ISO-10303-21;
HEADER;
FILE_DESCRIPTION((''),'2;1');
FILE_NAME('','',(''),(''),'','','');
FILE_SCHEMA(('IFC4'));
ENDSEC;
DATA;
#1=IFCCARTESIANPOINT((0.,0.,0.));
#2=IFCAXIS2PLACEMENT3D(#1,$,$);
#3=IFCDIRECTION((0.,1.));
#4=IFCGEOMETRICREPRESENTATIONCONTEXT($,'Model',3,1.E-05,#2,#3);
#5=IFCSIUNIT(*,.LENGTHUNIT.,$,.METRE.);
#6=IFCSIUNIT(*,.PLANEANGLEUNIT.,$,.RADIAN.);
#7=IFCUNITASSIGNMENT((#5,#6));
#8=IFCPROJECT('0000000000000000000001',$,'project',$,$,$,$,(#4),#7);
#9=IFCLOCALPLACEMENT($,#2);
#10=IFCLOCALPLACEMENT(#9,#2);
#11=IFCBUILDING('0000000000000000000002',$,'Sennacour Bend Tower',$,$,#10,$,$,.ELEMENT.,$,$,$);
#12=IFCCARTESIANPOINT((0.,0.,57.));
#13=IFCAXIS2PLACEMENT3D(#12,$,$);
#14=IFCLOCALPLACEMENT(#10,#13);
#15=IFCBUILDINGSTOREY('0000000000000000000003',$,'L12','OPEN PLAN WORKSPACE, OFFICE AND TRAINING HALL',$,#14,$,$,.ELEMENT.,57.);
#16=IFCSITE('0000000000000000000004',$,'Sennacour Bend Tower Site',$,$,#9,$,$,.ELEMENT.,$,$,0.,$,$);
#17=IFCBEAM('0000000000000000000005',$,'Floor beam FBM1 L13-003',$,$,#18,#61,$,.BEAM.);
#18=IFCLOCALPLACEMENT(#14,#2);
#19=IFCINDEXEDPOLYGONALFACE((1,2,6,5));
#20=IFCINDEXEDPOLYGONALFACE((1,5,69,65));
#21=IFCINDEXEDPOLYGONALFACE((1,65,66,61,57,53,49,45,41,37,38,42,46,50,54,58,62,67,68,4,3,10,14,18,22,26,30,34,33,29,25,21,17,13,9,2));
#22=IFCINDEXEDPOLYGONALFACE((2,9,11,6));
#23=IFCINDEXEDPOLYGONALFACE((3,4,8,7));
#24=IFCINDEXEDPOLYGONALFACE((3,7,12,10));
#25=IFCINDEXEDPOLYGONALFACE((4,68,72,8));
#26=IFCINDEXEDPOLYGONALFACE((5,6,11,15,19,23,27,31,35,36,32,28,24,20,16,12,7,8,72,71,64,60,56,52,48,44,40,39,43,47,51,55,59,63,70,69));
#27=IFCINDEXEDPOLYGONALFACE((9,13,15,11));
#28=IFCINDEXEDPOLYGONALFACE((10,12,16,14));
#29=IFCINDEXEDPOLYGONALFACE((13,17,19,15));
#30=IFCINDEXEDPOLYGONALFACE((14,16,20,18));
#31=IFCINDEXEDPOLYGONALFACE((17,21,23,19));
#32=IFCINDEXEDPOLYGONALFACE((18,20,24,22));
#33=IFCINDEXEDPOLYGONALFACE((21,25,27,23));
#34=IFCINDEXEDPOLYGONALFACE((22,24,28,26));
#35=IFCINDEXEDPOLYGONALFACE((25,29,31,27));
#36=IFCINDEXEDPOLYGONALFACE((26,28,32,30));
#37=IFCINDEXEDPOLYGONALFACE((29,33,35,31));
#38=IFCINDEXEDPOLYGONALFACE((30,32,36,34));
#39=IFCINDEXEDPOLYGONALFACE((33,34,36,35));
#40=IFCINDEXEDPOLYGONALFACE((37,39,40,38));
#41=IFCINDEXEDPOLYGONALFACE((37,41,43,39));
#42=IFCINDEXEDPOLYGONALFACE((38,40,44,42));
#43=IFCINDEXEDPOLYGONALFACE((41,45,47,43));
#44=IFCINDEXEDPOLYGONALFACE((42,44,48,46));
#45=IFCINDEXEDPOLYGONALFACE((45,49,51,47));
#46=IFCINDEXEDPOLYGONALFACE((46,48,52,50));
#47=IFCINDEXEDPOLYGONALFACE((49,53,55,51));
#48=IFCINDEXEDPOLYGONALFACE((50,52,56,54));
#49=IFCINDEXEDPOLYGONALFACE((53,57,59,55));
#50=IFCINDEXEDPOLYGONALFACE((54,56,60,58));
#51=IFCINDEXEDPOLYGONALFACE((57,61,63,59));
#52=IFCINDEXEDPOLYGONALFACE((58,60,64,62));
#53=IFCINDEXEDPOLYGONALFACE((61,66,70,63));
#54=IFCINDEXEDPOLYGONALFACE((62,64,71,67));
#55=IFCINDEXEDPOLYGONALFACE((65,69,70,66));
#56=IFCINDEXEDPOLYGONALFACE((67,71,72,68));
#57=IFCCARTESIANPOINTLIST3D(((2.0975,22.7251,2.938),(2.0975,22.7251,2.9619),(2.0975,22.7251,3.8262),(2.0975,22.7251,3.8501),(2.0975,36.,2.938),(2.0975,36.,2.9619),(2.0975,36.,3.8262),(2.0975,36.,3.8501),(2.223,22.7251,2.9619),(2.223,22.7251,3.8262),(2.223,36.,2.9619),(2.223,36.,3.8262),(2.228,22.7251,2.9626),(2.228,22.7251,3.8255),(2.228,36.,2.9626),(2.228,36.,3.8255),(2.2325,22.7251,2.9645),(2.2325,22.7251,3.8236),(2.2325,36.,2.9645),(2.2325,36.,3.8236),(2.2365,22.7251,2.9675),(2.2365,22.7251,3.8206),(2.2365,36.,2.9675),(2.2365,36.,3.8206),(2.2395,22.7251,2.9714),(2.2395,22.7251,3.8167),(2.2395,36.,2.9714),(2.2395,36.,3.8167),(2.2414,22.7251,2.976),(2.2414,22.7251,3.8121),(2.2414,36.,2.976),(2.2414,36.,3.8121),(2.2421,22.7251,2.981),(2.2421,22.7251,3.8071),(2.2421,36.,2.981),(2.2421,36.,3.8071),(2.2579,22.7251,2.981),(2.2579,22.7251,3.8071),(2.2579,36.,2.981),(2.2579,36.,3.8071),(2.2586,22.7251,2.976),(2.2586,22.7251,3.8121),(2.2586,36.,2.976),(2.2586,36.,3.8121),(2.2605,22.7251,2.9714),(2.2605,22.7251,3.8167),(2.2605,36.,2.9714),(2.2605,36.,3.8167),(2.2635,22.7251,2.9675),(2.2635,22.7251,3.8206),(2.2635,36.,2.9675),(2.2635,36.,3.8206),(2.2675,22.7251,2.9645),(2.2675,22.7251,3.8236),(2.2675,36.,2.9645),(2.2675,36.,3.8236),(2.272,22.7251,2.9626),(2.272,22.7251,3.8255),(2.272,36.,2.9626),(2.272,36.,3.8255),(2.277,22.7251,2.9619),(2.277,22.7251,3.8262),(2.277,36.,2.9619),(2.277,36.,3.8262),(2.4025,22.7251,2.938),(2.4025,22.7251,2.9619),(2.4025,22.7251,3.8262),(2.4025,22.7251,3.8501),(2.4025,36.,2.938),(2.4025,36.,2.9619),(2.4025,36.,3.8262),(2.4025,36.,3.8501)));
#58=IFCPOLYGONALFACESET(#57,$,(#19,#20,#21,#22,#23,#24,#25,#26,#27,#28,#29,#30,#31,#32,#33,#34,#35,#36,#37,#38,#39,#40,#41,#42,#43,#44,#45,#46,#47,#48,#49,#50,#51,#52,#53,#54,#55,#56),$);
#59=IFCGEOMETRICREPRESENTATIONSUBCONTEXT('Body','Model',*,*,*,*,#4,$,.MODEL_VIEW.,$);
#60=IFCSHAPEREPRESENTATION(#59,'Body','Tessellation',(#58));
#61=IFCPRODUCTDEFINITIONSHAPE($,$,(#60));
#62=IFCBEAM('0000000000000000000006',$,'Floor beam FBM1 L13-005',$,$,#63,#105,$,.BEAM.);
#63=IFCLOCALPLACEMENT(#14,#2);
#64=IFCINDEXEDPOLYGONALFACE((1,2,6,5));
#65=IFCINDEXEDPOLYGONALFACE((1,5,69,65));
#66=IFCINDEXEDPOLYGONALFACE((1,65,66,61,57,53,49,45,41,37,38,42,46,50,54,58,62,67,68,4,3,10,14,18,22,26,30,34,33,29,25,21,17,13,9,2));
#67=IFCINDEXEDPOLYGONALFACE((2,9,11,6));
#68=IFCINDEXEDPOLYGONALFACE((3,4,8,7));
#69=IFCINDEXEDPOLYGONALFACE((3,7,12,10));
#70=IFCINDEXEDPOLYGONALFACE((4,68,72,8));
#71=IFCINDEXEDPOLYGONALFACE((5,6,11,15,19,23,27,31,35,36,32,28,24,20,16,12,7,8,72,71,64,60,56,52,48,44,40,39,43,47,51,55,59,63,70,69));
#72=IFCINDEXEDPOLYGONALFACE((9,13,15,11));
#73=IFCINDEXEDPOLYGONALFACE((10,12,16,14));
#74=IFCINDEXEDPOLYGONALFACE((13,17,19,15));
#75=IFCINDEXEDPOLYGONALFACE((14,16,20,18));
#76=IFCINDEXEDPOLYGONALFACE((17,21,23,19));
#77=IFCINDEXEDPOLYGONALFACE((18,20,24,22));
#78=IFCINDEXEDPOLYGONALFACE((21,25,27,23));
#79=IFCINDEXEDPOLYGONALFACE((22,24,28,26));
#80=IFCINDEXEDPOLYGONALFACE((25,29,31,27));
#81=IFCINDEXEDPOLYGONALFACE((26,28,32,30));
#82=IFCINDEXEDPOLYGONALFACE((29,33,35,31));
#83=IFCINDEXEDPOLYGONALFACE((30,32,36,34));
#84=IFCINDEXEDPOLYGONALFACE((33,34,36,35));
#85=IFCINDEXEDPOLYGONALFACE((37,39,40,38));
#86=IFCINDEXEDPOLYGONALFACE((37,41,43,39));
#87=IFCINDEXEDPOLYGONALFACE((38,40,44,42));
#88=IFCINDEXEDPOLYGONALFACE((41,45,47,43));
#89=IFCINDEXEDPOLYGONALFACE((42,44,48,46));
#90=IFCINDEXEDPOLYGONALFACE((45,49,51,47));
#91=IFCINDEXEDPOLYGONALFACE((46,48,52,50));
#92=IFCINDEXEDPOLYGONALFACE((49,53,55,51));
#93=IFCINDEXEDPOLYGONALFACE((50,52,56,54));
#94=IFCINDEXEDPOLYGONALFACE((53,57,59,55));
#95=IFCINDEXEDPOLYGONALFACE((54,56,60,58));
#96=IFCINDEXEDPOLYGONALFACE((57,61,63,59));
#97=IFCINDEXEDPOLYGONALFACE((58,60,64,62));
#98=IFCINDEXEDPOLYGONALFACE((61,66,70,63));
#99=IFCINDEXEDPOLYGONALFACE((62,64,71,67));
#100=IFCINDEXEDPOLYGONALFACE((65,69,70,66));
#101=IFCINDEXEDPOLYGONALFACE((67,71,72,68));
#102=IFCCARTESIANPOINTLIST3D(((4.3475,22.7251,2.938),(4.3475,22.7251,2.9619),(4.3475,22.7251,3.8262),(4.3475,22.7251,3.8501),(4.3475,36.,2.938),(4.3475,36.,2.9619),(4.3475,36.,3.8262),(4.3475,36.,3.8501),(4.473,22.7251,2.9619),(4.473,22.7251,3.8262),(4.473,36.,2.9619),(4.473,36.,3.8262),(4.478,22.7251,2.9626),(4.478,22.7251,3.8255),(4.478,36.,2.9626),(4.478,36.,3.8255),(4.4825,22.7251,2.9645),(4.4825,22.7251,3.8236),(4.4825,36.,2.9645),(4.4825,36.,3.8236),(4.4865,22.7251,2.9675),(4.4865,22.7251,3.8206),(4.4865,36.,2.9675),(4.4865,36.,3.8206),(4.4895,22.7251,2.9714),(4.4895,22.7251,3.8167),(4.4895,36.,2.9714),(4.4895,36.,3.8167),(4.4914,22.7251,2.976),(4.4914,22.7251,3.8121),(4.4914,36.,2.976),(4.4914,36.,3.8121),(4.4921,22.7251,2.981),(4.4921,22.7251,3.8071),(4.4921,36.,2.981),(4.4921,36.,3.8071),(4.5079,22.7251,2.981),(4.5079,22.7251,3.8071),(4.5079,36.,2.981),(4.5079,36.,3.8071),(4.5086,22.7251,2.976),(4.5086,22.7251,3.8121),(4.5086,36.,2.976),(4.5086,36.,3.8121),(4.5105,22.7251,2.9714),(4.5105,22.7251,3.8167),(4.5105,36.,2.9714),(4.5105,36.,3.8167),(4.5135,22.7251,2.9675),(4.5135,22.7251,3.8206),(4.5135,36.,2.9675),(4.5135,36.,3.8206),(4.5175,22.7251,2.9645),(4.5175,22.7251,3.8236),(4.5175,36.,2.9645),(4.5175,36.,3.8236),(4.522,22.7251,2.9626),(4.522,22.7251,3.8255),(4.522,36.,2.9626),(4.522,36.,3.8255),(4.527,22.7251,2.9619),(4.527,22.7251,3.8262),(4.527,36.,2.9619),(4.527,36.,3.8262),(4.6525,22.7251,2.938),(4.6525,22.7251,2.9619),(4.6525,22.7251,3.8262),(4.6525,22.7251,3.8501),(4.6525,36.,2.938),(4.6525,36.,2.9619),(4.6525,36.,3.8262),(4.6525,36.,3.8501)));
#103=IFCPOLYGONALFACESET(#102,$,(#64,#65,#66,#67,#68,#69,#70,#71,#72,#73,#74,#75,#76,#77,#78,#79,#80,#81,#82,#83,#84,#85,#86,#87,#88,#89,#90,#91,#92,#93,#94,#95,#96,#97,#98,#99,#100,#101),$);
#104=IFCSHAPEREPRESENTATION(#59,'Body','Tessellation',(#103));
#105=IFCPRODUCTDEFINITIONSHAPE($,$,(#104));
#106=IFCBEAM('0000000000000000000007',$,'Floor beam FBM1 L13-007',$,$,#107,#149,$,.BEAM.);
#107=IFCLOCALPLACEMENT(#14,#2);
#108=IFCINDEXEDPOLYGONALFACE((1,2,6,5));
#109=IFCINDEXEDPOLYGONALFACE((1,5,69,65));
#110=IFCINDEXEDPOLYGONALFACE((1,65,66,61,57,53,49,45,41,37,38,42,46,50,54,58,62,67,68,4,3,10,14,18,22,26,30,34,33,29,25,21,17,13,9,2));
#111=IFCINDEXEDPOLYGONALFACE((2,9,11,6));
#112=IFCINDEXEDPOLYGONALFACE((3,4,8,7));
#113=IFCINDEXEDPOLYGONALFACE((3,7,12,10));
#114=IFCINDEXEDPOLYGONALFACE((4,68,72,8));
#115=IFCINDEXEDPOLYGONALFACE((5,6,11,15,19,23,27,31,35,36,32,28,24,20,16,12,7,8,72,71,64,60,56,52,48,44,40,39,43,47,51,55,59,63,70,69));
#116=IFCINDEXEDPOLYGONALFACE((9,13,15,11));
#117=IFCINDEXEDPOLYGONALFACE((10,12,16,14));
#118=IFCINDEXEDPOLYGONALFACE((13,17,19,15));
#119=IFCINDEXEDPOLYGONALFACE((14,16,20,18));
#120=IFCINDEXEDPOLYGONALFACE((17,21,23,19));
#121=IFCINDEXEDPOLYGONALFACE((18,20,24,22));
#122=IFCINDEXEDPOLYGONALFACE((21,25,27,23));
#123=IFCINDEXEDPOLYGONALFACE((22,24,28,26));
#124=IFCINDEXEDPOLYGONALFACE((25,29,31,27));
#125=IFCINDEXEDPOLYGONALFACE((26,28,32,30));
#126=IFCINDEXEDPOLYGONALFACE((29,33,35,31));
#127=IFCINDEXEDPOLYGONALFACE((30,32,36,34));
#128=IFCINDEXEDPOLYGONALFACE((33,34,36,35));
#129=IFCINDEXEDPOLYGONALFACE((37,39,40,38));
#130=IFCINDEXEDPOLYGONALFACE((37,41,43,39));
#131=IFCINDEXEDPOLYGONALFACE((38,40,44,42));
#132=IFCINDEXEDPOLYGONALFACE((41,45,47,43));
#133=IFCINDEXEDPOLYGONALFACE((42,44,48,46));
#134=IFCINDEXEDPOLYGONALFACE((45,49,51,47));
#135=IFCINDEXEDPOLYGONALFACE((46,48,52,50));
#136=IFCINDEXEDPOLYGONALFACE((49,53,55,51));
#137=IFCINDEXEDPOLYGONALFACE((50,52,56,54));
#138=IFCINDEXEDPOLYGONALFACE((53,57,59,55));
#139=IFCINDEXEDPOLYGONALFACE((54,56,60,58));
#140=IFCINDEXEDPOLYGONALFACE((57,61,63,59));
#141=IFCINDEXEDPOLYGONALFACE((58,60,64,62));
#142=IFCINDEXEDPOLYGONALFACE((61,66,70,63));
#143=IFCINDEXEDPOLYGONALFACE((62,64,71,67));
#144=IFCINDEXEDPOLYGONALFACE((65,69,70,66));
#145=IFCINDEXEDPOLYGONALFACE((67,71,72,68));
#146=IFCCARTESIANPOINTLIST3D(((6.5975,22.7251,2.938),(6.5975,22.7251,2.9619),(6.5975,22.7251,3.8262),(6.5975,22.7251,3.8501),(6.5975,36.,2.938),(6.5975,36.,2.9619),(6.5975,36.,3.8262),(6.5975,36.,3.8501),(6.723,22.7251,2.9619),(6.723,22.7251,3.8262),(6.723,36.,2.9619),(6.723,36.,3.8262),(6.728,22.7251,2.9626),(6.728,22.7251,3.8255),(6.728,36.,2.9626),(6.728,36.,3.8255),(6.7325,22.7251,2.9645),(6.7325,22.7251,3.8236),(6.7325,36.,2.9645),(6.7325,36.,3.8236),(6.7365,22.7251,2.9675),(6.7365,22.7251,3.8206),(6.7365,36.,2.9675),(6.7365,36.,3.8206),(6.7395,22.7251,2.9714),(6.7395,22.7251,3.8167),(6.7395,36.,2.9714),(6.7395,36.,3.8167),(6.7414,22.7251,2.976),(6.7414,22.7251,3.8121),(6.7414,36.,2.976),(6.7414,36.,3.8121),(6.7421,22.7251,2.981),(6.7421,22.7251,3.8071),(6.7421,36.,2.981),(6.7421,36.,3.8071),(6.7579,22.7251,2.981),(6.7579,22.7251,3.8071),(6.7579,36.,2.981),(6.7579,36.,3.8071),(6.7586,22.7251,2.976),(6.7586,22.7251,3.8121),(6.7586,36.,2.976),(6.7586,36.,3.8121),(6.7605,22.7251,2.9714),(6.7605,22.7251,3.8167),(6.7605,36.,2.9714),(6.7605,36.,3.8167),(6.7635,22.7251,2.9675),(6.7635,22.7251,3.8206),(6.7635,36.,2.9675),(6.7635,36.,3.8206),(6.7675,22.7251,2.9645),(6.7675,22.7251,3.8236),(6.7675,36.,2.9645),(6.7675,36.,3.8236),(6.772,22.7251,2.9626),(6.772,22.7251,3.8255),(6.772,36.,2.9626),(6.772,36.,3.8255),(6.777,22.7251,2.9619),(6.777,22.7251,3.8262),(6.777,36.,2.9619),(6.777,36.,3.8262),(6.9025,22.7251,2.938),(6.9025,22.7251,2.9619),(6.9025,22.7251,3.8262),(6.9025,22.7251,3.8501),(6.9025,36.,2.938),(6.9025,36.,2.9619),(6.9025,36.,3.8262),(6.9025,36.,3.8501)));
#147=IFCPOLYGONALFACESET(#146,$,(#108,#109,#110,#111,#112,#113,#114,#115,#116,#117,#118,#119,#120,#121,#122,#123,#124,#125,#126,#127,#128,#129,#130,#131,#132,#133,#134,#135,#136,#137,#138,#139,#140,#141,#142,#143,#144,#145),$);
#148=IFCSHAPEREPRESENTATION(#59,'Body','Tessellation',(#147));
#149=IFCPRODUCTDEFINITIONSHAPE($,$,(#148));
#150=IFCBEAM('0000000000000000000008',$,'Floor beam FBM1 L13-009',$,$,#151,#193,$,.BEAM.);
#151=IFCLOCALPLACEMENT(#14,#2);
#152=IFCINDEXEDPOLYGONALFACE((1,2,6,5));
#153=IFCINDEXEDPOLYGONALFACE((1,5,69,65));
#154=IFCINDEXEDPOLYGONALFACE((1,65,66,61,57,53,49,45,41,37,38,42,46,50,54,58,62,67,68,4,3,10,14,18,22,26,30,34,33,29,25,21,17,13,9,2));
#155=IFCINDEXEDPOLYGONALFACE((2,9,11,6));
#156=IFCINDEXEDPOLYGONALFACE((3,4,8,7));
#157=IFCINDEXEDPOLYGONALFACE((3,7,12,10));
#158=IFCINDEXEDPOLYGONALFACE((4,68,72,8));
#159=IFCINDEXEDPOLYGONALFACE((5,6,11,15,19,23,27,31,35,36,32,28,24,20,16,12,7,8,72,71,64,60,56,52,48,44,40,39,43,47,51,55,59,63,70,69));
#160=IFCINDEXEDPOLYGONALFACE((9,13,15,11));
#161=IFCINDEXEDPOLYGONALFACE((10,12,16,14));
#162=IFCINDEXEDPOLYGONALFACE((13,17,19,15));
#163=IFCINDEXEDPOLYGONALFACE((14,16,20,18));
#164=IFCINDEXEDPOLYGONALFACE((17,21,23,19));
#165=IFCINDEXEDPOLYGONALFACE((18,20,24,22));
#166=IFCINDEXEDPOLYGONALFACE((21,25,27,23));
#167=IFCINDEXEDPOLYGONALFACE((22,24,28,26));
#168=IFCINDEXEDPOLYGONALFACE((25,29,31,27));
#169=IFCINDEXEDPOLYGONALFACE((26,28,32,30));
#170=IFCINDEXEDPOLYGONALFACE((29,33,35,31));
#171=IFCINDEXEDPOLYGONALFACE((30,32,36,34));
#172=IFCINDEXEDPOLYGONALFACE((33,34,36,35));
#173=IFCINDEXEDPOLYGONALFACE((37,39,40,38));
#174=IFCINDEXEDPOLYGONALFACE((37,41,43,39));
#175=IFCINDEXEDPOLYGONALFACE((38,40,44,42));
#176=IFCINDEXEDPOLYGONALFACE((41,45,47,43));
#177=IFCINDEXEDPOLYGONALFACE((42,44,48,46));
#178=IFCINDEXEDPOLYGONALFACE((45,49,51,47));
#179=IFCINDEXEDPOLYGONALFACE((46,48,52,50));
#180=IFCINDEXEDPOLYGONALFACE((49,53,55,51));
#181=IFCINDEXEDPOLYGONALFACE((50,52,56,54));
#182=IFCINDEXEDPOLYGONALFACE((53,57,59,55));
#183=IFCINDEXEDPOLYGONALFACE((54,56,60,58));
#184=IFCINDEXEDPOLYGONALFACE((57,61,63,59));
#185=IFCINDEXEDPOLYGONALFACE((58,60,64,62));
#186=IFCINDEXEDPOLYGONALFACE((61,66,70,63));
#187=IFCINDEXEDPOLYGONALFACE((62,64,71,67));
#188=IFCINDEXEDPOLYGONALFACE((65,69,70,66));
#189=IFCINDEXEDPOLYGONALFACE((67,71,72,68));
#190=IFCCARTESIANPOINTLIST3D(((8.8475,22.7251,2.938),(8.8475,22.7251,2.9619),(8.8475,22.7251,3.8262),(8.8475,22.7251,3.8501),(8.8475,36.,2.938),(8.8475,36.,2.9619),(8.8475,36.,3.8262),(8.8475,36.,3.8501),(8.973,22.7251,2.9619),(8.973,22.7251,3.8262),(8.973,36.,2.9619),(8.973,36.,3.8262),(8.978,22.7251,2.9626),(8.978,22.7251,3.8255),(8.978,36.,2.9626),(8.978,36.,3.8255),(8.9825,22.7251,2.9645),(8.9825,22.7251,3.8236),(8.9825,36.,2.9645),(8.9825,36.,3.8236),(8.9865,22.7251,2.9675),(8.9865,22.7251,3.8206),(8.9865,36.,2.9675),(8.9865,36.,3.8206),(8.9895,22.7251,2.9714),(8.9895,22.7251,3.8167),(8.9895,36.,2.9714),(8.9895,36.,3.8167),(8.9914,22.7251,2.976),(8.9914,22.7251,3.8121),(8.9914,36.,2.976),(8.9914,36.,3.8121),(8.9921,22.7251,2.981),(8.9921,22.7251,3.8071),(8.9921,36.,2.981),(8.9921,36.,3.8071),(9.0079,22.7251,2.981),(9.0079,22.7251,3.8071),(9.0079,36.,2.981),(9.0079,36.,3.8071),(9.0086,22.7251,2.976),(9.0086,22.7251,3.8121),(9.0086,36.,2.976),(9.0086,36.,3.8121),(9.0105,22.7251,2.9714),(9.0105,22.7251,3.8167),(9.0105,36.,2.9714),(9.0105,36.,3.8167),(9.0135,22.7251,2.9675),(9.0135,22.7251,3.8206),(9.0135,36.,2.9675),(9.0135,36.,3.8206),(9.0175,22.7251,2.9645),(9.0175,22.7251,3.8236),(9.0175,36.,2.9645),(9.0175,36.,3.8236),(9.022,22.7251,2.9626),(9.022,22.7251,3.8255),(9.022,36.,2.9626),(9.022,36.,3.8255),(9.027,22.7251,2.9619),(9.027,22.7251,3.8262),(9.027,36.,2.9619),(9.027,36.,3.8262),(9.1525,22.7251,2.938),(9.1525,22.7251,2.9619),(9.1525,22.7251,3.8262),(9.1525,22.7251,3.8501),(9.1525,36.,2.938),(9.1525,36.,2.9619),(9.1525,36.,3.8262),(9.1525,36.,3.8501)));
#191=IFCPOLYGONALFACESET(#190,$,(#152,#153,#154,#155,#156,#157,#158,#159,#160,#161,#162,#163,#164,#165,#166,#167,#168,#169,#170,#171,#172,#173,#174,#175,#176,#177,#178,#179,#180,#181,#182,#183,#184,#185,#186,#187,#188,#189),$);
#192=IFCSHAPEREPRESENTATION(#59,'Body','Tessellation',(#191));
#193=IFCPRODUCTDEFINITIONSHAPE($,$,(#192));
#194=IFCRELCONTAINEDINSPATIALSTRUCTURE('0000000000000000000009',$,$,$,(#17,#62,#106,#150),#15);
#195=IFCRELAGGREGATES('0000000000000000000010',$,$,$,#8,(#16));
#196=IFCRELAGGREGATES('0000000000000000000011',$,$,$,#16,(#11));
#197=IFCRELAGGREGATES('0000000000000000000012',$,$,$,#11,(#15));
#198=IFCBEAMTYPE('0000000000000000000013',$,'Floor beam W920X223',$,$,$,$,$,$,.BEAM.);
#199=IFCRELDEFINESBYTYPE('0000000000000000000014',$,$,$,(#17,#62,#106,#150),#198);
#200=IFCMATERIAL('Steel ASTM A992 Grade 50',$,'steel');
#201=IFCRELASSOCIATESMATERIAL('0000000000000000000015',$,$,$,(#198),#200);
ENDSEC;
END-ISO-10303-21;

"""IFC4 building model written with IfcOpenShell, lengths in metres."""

from ifc_helpers import new_model, si_unit, direction, frame, origin, origin_2d, place, context, subcontext, project, spatial, i_section, extrude, material, material_profile, profile_set, type_object, element, save


model = new_model("IFC4")

# Units and contexts
model_context = context("Model", 3, precision=1e-05, world=origin(), true_north=direction((0.0, 1.0)))
body_context = subcontext(model_context, "Body", "Model", "MODEL_VIEW")
ifc_project = project(units=[si_unit("LENGTHUNIT", "METRE"), si_unit("PLANEANGLEUNIT", "RADIAN")], contexts=[model_context])

# Site, building, storey
site_placement = place(None, origin())
site = spatial("IfcSite", under=ifc_project, at=site_placement, Name="Sennacour Bend Tower Site", CompositionType="ELEMENT", RefElevation=0.0)
building_placement = place(site_placement, origin())
building = spatial("IfcBuilding", under=site, at=building_placement, Name="Sennacour Bend Tower", CompositionType="ELEMENT")
storey_placement = place(building_placement, frame((0.0, 0.0, 57.0)))
storey = spatial("IfcBuildingStorey", under=building, at=storey_placement, Name="L12", Description="OPEN PLAN WORKSPACE, OFFICE AND TRAINING HALL", CompositionType="ELEMENT", Elevation=57.0)

# Beams
ifc_material_1 = material(Name="Steel ASTM A992 Grade 50", Category="steel")
ifc_material_profile = material_profile(ifc_material_1, i_section(OverallWidth=0.3049, OverallDepth=0.9121, WebThickness=0.0159, FlangeThickness=0.0239, FilletRadius=0.019, at=origin_2d()), Name="Steel ASTM A992 Grade 50", Category="steel")
ifc_profile_set = profile_set([ifc_material_profile], Name="Steel ASTM A992 Grade 50")
beam_type = type_object("IfcBeamType", Name="Floor beam W920X223", PredefinedType="BEAM", material=ifc_profile_set)
for number, where, z_axis, x_axis, name in (
    (1, (2.25, 22.7251, 3.394), (0.0, 1.0, 0.0), (-1.0, 0.0, 0.0), "Floor beam FBM1 L13-003"),
    (2, (4.5, 22.7251, 3.394), (0.0, 1.0, 0.0), (-1.0, 0.0, 0.0), "Floor beam FBM1 L13-005"),
    (3, (6.75, 22.7251, 3.394), (0.0, 1.0, 0.0), (-1.0, 0.0, 0.0), "Floor beam FBM1 L13-007"),
    (4, (9.0, 22.7251, 3.394), (0.0, 1.0, 0.0), (-1.0, 0.0, 0.0), "Floor beam FBM1 L13-009"),
):
    element("IfcBeam", number, at=place(storey_placement, frame(where, z_axis=z_axis, x_axis=x_axis)), inside=storey, type_object=beam_type, Name=name, PredefinedType="BEAM", context=body_context, shape_type="SweptSolid", body=[
        extrude(i_section(OverallWidth=0.3049, OverallDepth=0.9121, WebThickness=0.0159, FlangeThickness=0.0239, FilletRadius=0.019, at=origin_2d()), origin(), (0.0, 0.0, 1.0), 13.2749),
    ])

save(model, "model.ifc")
